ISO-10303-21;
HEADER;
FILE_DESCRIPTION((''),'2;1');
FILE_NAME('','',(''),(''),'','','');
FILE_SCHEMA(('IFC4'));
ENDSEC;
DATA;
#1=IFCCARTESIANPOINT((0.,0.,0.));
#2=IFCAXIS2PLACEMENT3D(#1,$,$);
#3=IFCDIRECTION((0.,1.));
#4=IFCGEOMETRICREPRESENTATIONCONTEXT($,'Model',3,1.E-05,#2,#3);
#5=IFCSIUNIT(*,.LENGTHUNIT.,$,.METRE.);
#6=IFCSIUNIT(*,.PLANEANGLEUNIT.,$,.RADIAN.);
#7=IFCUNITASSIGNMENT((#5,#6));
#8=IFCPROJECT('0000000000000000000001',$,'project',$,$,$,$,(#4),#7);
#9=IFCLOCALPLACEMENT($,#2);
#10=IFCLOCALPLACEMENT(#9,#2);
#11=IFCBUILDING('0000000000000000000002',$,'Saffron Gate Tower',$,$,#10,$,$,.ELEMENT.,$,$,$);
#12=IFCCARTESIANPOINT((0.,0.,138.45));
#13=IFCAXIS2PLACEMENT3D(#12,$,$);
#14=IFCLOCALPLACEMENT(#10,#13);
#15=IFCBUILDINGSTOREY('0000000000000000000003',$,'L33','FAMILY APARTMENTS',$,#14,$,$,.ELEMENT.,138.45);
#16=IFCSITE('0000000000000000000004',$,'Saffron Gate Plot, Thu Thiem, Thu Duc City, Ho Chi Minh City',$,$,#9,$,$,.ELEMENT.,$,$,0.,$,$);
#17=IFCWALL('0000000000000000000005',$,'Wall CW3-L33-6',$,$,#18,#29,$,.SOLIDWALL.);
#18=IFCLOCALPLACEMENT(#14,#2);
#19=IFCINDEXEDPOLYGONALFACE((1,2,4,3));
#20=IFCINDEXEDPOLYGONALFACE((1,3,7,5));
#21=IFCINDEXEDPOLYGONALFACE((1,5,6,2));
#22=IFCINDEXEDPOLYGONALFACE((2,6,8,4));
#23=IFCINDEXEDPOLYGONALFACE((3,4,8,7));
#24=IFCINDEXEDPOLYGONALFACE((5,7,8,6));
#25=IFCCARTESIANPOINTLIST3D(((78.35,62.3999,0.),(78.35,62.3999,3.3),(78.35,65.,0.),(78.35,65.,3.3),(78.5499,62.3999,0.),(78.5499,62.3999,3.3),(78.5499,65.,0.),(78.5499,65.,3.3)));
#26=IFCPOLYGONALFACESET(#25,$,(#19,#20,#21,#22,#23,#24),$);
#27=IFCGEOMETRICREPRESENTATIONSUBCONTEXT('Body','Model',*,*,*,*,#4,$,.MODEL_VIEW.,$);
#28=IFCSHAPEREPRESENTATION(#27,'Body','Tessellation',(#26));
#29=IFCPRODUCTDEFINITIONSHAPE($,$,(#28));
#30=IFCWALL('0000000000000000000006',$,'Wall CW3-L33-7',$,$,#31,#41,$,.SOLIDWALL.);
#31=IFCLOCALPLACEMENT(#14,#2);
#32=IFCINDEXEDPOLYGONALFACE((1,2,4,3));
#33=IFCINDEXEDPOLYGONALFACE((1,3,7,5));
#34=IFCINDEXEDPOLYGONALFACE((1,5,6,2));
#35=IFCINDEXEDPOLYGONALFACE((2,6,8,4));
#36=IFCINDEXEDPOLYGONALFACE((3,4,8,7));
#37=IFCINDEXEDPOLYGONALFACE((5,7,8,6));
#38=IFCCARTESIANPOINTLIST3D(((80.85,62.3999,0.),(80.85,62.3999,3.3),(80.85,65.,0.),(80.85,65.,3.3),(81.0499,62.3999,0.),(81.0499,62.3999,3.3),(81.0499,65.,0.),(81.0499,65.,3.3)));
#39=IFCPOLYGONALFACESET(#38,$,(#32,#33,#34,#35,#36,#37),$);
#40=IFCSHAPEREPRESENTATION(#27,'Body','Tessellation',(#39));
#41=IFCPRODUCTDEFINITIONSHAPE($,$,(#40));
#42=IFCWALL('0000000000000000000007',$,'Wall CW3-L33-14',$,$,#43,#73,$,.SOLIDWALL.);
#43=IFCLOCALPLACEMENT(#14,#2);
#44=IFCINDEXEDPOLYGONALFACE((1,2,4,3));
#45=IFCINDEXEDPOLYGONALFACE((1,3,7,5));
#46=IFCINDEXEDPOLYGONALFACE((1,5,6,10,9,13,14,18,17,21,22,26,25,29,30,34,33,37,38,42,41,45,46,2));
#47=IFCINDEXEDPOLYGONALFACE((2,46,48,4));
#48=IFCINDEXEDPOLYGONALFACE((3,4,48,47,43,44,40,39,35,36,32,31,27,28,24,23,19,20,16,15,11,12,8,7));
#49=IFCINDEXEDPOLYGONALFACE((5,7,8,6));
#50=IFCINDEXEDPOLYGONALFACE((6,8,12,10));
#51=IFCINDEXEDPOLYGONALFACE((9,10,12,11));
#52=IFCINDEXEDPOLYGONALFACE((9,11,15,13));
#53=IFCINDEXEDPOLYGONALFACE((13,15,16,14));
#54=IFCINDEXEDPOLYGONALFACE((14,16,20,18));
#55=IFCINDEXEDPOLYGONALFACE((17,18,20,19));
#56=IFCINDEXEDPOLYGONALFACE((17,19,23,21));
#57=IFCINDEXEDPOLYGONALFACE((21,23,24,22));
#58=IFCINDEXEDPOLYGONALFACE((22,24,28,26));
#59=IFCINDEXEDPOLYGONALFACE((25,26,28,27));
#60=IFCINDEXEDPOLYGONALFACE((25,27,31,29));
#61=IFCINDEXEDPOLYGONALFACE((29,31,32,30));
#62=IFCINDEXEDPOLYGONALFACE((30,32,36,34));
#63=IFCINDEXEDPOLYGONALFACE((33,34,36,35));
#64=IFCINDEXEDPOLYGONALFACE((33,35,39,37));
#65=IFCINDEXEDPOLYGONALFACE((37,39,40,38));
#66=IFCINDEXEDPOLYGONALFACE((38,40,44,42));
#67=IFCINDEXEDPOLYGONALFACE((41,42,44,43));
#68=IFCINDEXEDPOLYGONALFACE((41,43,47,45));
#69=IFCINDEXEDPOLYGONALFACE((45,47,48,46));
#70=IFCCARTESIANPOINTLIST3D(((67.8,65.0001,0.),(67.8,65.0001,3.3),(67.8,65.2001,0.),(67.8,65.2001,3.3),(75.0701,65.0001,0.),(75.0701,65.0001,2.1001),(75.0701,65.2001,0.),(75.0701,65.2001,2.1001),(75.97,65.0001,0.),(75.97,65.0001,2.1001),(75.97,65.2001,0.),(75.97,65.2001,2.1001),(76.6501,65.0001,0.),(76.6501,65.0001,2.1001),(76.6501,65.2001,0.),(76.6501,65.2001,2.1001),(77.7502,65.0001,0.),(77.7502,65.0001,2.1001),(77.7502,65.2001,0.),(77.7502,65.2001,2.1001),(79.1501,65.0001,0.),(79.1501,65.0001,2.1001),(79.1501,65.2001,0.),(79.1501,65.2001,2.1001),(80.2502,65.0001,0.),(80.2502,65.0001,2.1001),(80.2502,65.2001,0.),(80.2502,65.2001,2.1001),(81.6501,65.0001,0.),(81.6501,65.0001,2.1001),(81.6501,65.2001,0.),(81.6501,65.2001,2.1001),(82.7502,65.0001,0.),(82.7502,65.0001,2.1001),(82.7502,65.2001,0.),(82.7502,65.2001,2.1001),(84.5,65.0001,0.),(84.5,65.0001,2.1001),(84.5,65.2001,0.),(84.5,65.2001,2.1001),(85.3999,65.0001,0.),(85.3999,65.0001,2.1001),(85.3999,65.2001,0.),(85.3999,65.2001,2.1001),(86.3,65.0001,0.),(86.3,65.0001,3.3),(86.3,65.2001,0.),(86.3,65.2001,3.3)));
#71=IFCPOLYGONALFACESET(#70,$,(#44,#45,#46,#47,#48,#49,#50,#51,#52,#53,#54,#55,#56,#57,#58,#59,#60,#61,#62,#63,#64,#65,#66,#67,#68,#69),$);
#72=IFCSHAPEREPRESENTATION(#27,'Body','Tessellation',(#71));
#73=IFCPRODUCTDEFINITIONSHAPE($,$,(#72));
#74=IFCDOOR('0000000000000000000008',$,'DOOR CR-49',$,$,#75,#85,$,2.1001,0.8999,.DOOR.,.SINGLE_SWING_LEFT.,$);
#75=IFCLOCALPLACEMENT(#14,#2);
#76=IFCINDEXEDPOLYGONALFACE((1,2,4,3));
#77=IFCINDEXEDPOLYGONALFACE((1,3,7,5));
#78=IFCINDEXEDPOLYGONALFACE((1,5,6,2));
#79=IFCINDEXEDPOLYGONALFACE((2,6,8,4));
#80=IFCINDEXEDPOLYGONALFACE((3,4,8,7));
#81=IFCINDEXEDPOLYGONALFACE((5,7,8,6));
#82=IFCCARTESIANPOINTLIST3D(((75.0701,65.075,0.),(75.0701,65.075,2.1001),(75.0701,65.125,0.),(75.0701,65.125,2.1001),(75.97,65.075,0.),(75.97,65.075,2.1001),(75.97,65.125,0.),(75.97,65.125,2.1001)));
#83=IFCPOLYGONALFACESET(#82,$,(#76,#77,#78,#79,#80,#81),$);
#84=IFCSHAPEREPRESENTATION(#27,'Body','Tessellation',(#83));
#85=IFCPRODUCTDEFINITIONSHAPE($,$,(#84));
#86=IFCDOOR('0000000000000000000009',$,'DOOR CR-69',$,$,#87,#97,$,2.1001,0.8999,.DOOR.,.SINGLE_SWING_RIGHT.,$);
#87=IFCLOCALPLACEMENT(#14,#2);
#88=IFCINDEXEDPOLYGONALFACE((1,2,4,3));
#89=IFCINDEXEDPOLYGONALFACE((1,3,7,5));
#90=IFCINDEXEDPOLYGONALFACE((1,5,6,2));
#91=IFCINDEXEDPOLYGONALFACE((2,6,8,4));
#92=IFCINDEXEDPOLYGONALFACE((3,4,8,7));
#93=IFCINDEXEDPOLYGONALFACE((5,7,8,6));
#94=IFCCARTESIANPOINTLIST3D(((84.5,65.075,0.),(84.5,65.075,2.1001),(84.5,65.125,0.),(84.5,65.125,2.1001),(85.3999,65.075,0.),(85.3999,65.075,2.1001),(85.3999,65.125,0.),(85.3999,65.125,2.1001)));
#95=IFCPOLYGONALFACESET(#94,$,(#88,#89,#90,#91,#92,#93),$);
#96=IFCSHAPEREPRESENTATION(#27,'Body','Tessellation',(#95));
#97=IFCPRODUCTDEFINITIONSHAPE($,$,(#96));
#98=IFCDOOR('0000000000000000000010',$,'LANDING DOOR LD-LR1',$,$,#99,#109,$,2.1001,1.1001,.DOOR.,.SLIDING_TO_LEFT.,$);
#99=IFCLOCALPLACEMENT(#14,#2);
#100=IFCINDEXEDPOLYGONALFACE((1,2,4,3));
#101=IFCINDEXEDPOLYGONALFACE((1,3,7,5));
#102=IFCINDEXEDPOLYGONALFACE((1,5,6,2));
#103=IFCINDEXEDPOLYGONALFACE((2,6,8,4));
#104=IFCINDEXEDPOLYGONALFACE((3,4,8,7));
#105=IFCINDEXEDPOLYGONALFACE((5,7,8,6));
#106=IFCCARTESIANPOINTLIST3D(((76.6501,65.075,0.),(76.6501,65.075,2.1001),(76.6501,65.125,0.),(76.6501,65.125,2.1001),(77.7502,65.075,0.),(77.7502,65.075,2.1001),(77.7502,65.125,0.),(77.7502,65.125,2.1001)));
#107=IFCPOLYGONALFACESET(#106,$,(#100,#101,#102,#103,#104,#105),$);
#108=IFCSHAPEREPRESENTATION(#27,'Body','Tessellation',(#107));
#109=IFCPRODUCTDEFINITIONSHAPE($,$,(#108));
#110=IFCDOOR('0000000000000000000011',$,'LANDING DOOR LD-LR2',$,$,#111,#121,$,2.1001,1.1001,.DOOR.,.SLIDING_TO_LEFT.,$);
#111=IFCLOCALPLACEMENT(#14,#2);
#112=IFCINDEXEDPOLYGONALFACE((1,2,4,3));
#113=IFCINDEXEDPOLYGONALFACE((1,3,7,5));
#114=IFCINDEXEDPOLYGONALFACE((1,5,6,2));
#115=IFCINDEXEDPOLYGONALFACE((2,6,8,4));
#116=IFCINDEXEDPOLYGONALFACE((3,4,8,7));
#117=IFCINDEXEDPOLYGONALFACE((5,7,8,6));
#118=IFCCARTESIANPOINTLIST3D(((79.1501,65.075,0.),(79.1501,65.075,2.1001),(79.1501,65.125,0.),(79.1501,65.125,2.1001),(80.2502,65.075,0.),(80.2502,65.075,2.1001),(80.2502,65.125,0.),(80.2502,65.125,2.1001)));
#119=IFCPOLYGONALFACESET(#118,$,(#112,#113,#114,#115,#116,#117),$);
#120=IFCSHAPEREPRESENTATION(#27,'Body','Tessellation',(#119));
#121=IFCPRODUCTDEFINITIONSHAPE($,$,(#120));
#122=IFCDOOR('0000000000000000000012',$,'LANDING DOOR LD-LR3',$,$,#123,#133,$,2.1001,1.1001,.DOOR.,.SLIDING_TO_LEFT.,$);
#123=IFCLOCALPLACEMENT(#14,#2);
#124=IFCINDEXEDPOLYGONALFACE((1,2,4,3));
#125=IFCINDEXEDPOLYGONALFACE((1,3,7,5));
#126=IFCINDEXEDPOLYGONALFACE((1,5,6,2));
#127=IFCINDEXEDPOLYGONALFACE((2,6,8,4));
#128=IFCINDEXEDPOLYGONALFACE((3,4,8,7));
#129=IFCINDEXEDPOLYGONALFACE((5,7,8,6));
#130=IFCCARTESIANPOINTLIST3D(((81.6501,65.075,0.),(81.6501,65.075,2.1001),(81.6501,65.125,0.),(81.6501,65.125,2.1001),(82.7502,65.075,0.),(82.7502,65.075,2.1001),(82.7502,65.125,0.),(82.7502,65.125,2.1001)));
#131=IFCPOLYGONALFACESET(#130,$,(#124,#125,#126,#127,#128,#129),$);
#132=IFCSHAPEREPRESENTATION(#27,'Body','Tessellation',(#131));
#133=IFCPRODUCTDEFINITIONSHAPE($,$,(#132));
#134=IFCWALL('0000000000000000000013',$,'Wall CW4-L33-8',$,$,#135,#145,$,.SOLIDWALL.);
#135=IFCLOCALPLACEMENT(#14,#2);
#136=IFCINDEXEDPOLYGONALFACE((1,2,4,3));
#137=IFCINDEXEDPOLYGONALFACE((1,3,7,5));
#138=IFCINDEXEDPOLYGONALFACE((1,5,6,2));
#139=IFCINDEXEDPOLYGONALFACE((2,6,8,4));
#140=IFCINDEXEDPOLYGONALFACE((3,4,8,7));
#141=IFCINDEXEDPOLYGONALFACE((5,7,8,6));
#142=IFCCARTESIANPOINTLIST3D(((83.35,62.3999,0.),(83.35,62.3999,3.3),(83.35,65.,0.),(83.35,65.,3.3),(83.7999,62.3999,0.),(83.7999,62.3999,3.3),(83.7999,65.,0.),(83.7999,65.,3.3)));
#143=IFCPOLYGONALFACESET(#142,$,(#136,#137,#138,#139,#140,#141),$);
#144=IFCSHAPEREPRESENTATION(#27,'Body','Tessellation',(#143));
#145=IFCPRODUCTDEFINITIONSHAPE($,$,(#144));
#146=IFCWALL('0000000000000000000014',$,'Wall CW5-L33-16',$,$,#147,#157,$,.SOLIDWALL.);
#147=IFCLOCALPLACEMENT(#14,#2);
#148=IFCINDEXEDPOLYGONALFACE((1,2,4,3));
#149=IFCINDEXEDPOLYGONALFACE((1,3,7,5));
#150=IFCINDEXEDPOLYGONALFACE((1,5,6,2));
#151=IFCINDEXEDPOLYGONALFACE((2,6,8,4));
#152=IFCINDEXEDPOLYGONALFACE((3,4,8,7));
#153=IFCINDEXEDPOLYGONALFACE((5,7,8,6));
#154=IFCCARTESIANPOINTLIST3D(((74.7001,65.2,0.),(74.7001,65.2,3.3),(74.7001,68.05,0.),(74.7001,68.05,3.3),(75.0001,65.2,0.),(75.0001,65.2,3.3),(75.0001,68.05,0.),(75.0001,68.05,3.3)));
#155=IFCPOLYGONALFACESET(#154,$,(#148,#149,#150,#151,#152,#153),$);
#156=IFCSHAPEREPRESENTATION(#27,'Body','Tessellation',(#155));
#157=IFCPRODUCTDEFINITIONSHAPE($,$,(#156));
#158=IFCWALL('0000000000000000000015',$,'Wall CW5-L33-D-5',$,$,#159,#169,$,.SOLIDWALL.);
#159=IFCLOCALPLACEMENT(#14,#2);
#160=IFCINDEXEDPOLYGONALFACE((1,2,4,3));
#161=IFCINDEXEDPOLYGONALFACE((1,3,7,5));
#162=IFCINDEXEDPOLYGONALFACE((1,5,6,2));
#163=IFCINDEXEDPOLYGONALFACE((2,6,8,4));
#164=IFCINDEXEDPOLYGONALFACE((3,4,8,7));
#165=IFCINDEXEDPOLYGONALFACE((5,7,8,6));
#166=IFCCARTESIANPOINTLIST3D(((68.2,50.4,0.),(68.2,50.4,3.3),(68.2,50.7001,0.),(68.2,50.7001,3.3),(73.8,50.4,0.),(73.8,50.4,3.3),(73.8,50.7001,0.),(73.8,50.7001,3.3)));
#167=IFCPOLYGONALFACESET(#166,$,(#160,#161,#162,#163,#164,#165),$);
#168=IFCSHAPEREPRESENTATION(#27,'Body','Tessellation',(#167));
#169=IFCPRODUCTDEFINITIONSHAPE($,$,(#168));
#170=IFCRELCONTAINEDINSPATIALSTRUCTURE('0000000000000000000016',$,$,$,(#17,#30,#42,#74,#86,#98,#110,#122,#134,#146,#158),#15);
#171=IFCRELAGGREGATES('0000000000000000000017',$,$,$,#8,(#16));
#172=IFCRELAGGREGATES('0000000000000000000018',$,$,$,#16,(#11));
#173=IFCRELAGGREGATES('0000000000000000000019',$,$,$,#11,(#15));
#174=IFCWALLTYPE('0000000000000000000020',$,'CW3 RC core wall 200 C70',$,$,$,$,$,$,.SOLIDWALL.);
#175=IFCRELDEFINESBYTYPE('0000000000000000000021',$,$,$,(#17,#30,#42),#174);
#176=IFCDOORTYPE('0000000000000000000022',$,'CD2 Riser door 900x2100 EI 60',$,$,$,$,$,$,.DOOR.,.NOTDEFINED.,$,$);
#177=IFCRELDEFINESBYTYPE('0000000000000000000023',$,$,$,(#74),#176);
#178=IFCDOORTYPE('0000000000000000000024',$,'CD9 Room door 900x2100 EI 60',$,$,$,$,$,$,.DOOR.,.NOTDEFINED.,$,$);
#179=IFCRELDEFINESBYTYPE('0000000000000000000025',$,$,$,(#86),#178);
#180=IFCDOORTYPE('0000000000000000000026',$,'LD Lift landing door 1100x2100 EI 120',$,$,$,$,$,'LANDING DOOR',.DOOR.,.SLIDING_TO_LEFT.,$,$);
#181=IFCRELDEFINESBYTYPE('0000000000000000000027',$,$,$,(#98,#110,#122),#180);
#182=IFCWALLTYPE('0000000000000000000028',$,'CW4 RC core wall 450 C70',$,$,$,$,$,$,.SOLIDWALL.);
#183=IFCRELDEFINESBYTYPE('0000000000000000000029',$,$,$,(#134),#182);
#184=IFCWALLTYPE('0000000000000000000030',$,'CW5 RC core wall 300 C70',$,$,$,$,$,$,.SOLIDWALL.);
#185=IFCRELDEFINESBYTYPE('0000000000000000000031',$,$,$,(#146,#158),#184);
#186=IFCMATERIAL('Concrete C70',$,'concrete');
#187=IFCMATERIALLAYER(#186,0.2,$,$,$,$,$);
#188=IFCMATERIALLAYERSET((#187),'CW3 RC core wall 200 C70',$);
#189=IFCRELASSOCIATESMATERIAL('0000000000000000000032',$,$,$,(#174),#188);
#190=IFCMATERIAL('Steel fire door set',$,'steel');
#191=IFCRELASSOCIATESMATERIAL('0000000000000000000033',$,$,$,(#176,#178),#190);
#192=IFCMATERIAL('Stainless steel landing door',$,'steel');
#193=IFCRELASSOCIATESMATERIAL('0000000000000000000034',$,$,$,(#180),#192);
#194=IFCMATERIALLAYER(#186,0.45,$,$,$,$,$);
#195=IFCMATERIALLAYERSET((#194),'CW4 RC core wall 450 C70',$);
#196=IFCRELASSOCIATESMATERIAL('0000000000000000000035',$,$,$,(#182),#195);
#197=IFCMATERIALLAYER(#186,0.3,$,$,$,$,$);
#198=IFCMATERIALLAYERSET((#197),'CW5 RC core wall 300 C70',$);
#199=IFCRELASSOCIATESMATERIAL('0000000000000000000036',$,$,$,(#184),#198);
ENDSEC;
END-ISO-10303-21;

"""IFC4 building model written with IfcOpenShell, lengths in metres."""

from ifc_helpers import new_model, si_unit, direction, frame, frame_2d, origin, place, context, subcontext, project, spatial, rectangle, extrude, material, layer, layer_set, type_object, element, fill, save


model = new_model("IFC4")

# Units and contexts
model_context = context("Model", 3, precision=1e-05, world=origin(), true_north=direction((0.0, 1.0)))
body_context = subcontext(model_context, "Body", "Model", "MODEL_VIEW")
ifc_project = project(units=[si_unit("LENGTHUNIT", "METRE"), si_unit("PLANEANGLEUNIT", "RADIAN")], contexts=[model_context])

# Site, building, storey
site_placement = place(None, origin())
site = spatial("IfcSite", under=ifc_project, at=site_placement, Name="Saffron Gate Plot, Thu Thiem, Thu Duc City, Ho Chi Minh City", CompositionType="ELEMENT", RefElevation=0.0)
building_placement = place(site_placement, origin())
building = spatial("IfcBuilding", under=site, at=building_placement, Name="Saffron Gate Tower", CompositionType="ELEMENT")
storey_placement = place(building_placement, frame((0.0, 0.0, 138.45)))
storey = spatial("IfcBuildingStorey", under=building, at=storey_placement, Name="L33", Description="FAMILY APARTMENTS", CompositionType="ELEMENT", Elevation=138.45)

# Shared definitions
ifc_material_1 = material(Name="Concrete C70", Category="concrete")
ifc_material_2 = material(Name="Steel fire door set", Category="steel")

# Walls
ifc_layer_1 = layer(ifc_material_1, 0.2)
ifc_layer_set_1 = layer_set([ifc_layer_1], Name="CW3 RC core wall 200 C70")
wall_type_1 = type_object("IfcWallType", Name="CW3 RC core wall 200 C70", PredefinedType="SOLIDWALL", material=ifc_layer_set_1)
for number, where, z_axis, x_axis, name in (
    (1, (78.45, 62.3999, 0.0), (0.0, 0.0, 1.0), (0.0, 1.0, 0.0), "Wall CW3-L33-6"),
    (2, (80.95, 62.3999, 0.0), (0.0, 0.0, 1.0), (0.0, 1.0, 0.0), "Wall CW3-L33-7"),
):
    element("IfcWall", number, at=place(storey_placement, frame(where, z_axis=z_axis, x_axis=x_axis)), inside=storey, type_object=wall_type_1, Name=name, PredefinedType="SOLIDWALL", context=body_context, shape_type="SweptSolid", body=[
        extrude(rectangle(XDim=2.6001, YDim=0.2, at=frame_2d((1.3, 0.0))), origin(), (0.0, 0.0, 1.0), 3.3),
    ])

# Wall, openings, doors
wall_1_placement = place(storey_placement, frame((67.8, 65.1001, 0.0), z_axis=(0.0, 0.0, 1.0), x_axis=(1.0, 0.0, 0.0)))
wall_1 = element("IfcWall", 3, at=wall_1_placement, inside=storey, type_object=wall_type_1, Name="Wall CW3-L33-14", PredefinedType="SOLIDWALL", context=body_context, shape_type="SweptSolid", body=[
    extrude(rectangle(XDim=18.5, YDim=0.2, at=frame_2d((9.25, 0.0))), origin(), (0.0, 0.0, 1.0), 3.3),
])
opening_1_placement = place(wall_1_placement, frame((7.27, 0.0, 0.0)))
opening_1 = element("IfcOpeningElement", 4, at=opening_1_placement, cuts=wall_1, PredefinedType="OPENING", context=body_context, shape_type="SweptSolid", body=[
    extrude(rectangle(XDim=0.8999, YDim=2.1001, at=frame_2d((0.45, 1.05))), frame((0.0, 0.1099, 0.0), z_axis=(0.0, -1.0, 0.0), x_axis=(1.0, 0.0, 0.0)), (0.0, 0.0, 1.0), 0.22),
])
opening_2_placement = place(wall_1_placement, frame((8.8501, 0.0, 0.0)))
opening_2 = element("IfcOpeningElement", 5, at=opening_2_placement, cuts=wall_1, PredefinedType="OPENING", context=body_context, shape_type="SweptSolid", body=[
    extrude(rectangle(XDim=1.1001, YDim=2.1001, at=frame_2d((0.55, 1.05))), frame((0.0, 0.1099, 0.0), z_axis=(0.0, -1.0, 0.0), x_axis=(1.0, 0.0, 0.0)), (0.0, 0.0, 1.0), 0.22),
])
opening_3_placement = place(wall_1_placement, frame((11.3501, 0.0, 0.0)))
opening_3 = element("IfcOpeningElement", 6, at=opening_3_placement, cuts=wall_1, PredefinedType="OPENING", context=body_context, shape_type="SweptSolid", body=[
    extrude(rectangle(XDim=1.1001, YDim=2.1001, at=frame_2d((0.55, 1.05))), frame((0.0, 0.1099, 0.0), z_axis=(0.0, -1.0, 0.0), x_axis=(1.0, 0.0, 0.0)), (0.0, 0.0, 1.0), 0.22),
])
opening_4_placement = place(wall_1_placement, frame((13.8501, 0.0, 0.0)))
opening_4 = element("IfcOpeningElement", 7, at=opening_4_placement, cuts=wall_1, PredefinedType="OPENING", context=body_context, shape_type="SweptSolid", body=[
    extrude(rectangle(XDim=1.1001, YDim=2.1001, at=frame_2d((0.55, 1.05))), frame((0.0, 0.1099, 0.0), z_axis=(0.0, -1.0, 0.0), x_axis=(1.0, 0.0, 0.0)), (0.0, 0.0, 1.0), 0.22),
])
opening_5_placement = place(wall_1_placement, frame((16.7, 0.0, 0.0)))
opening_5 = element("IfcOpeningElement", 8, at=opening_5_placement, cuts=wall_1, PredefinedType="OPENING", context=body_context, shape_type="SweptSolid", body=[
    extrude(rectangle(XDim=0.8999, YDim=2.1001, at=frame_2d((0.45, 1.05))), frame((0.0, 0.1099, 0.0), z_axis=(0.0, -1.0, 0.0), x_axis=(1.0, 0.0, 0.0)), (0.0, 0.0, 1.0), 0.22),
])
door_type_1 = type_object("IfcDoorType", Name="CD2 Riser door 900x2100 EI 60", OperationType="NOTDEFINED", PredefinedType="DOOR", material=ifc_material_2)
door_1_placement = place(opening_1_placement, origin())
door_1 = element("IfcDoor", 9, at=door_1_placement, inside=storey, type_object=door_type_1, Name="DOOR CR-49", OperationType="SINGLE_SWING_LEFT", OverallHeight=2.1001, OverallWidth=0.8999, PredefinedType="DOOR", context=body_context, shape_type="SweptSolid", body=[
    extrude(rectangle(XDim=0.8999, YDim=2.1001, at=frame_2d((0.45, 1.05))), frame((0.0, 0.0249, 0.0), z_axis=(0.0, -1.0, 0.0), x_axis=(1.0, 0.0, 0.0)), (0.0, 0.0, 1.0), 0.05),
])
fill(opening_1, door_1)
door_type_2 = type_object("IfcDoorType", Name="CD9 Room door 900x2100 EI 60", OperationType="NOTDEFINED", PredefinedType="DOOR", material=ifc_material_2)
door_2_placement = place(opening_5_placement, origin())
door_2 = element("IfcDoor", 10, at=door_2_placement, inside=storey, type_object=door_type_2, Name="DOOR CR-69", OperationType="SINGLE_SWING_RIGHT", OverallHeight=2.1001, OverallWidth=0.8999, PredefinedType="DOOR", context=body_context, shape_type="SweptSolid", body=[
    extrude(rectangle(XDim=0.8999, YDim=2.1001, at=frame_2d((0.45, 1.05))), frame((0.0, 0.0249, 0.0), z_axis=(0.0, -1.0, 0.0), x_axis=(1.0, 0.0, 0.0)), (0.0, 0.0, 1.0), 0.05),
])
fill(opening_5, door_2)
ifc_material_3 = material(Name="Stainless steel landing door", Category="steel")
door_type_3 = type_object("IfcDoorType", Name="LD Lift landing door 1100x2100 EI 120", ElementType="LANDING DOOR", OperationType="SLIDING_TO_LEFT", PredefinedType="DOOR", material=ifc_material_3)
door_3_placement = place(opening_2_placement, origin())
door_3 = element("IfcDoor", 11, at=door_3_placement, inside=storey, type_object=door_type_3, Name="LANDING DOOR LD-LR1", OperationType="SLIDING_TO_LEFT", OverallHeight=2.1001, OverallWidth=1.1001, PredefinedType="DOOR", context=body_context, shape_type="SweptSolid", body=[
    extrude(rectangle(XDim=1.1001, YDim=2.1001, at=frame_2d((0.55, 1.05))), frame((0.0, 0.0249, 0.0), z_axis=(0.0, -1.0, 0.0), x_axis=(1.0, 0.0, 0.0)), (0.0, 0.0, 1.0), 0.05),
])
fill(opening_2, door_3)
door_4_placement = place(opening_3_placement, origin())
door_4 = element("IfcDoor", 12, at=door_4_placement, inside=storey, type_object=door_type_3, Name="LANDING DOOR LD-LR2", OperationType="SLIDING_TO_LEFT", OverallHeight=2.1001, OverallWidth=1.1001, PredefinedType="DOOR", context=body_context, shape_type="SweptSolid", body=[
    extrude(rectangle(XDim=1.1001, YDim=2.1001, at=frame_2d((0.55, 1.05))), frame((0.0, 0.0249, 0.0), z_axis=(0.0, -1.0, 0.0), x_axis=(1.0, 0.0, 0.0)), (0.0, 0.0, 1.0), 0.05),
])
fill(opening_3, door_4)
door_5_placement = place(opening_4_placement, origin())
door_5 = element("IfcDoor", 13, at=door_5_placement, inside=storey, type_object=door_type_3, Name="LANDING DOOR LD-LR3", OperationType="SLIDING_TO_LEFT", OverallHeight=2.1001, OverallWidth=1.1001, PredefinedType="DOOR", context=body_context, shape_type="SweptSolid", body=[
    extrude(rectangle(XDim=1.1001, YDim=2.1001, at=frame_2d((0.55, 1.05))), frame((0.0, 0.0249, 0.0), z_axis=(0.0, -1.0, 0.0), x_axis=(1.0, 0.0, 0.0)), (0.0, 0.0, 1.0), 0.05),
])
fill(opening_4, door_5)

# Walls
ifc_layer_2 = layer(ifc_material_1, 0.45)
ifc_layer_set_2 = layer_set([ifc_layer_2], Name="CW4 RC core wall 450 C70")
wall_type_2 = type_object("IfcWallType", Name="CW4 RC core wall 450 C70", PredefinedType="SOLIDWALL", material=ifc_layer_set_2)
wall_2_placement = place(storey_placement, frame((83.575, 62.3999, 0.0), z_axis=(0.0, 0.0, 1.0), x_axis=(0.0, 1.0, 0.0)))
element("IfcWall", 14, at=wall_2_placement, inside=storey, type_object=wall_type_2, Name="Wall CW4-L33-8", PredefinedType="SOLIDWALL", context=body_context, shape_type="SweptSolid", body=[
    extrude(rectangle(XDim=2.6001, YDim=0.45, at=frame_2d((1.3, 0.0))), origin(), (0.0, 0.0, 1.0), 3.3),
])
ifc_layer_3 = layer(ifc_material_1, 0.3)
ifc_layer_set_3 = layer_set([ifc_layer_3], Name="CW5 RC core wall 300 C70")
wall_type_3 = type_object("IfcWallType", Name="CW5 RC core wall 300 C70", PredefinedType="SOLIDWALL", material=ifc_layer_set_3)
wall_3_placement = place(storey_placement, frame((74.8501, 65.2, 0.0), z_axis=(0.0, 0.0, 1.0), x_axis=(0.0, 1.0, 0.0)))
element("IfcWall", 15, at=wall_3_placement, inside=storey, type_object=wall_type_3, Name="Wall CW5-L33-16", PredefinedType="SOLIDWALL", context=body_context, shape_type="SweptSolid", body=[
    extrude(rectangle(XDim=2.8501, YDim=0.3, at=frame_2d((1.425, 0.0))), origin(), (0.0, 0.0, 1.0), 3.3),
])
wall_4_placement = place(storey_placement, frame((68.2, 50.55, 0.0), z_axis=(0.0, 0.0, 1.0), x_axis=(1.0, 0.0, 0.0)))
element("IfcWall", 16, at=wall_4_placement, inside=storey, type_object=wall_type_3, Name="Wall CW5-L33-D-5", PredefinedType="SOLIDWALL", context=body_context, shape_type="SweptSolid", body=[
    extrude(rectangle(XDim=5.6001, YDim=0.3, at=frame_2d((2.8, 0.0))), origin(), (0.0, 0.0, 1.0), 3.3),
])

save(model, "model.ifc")
